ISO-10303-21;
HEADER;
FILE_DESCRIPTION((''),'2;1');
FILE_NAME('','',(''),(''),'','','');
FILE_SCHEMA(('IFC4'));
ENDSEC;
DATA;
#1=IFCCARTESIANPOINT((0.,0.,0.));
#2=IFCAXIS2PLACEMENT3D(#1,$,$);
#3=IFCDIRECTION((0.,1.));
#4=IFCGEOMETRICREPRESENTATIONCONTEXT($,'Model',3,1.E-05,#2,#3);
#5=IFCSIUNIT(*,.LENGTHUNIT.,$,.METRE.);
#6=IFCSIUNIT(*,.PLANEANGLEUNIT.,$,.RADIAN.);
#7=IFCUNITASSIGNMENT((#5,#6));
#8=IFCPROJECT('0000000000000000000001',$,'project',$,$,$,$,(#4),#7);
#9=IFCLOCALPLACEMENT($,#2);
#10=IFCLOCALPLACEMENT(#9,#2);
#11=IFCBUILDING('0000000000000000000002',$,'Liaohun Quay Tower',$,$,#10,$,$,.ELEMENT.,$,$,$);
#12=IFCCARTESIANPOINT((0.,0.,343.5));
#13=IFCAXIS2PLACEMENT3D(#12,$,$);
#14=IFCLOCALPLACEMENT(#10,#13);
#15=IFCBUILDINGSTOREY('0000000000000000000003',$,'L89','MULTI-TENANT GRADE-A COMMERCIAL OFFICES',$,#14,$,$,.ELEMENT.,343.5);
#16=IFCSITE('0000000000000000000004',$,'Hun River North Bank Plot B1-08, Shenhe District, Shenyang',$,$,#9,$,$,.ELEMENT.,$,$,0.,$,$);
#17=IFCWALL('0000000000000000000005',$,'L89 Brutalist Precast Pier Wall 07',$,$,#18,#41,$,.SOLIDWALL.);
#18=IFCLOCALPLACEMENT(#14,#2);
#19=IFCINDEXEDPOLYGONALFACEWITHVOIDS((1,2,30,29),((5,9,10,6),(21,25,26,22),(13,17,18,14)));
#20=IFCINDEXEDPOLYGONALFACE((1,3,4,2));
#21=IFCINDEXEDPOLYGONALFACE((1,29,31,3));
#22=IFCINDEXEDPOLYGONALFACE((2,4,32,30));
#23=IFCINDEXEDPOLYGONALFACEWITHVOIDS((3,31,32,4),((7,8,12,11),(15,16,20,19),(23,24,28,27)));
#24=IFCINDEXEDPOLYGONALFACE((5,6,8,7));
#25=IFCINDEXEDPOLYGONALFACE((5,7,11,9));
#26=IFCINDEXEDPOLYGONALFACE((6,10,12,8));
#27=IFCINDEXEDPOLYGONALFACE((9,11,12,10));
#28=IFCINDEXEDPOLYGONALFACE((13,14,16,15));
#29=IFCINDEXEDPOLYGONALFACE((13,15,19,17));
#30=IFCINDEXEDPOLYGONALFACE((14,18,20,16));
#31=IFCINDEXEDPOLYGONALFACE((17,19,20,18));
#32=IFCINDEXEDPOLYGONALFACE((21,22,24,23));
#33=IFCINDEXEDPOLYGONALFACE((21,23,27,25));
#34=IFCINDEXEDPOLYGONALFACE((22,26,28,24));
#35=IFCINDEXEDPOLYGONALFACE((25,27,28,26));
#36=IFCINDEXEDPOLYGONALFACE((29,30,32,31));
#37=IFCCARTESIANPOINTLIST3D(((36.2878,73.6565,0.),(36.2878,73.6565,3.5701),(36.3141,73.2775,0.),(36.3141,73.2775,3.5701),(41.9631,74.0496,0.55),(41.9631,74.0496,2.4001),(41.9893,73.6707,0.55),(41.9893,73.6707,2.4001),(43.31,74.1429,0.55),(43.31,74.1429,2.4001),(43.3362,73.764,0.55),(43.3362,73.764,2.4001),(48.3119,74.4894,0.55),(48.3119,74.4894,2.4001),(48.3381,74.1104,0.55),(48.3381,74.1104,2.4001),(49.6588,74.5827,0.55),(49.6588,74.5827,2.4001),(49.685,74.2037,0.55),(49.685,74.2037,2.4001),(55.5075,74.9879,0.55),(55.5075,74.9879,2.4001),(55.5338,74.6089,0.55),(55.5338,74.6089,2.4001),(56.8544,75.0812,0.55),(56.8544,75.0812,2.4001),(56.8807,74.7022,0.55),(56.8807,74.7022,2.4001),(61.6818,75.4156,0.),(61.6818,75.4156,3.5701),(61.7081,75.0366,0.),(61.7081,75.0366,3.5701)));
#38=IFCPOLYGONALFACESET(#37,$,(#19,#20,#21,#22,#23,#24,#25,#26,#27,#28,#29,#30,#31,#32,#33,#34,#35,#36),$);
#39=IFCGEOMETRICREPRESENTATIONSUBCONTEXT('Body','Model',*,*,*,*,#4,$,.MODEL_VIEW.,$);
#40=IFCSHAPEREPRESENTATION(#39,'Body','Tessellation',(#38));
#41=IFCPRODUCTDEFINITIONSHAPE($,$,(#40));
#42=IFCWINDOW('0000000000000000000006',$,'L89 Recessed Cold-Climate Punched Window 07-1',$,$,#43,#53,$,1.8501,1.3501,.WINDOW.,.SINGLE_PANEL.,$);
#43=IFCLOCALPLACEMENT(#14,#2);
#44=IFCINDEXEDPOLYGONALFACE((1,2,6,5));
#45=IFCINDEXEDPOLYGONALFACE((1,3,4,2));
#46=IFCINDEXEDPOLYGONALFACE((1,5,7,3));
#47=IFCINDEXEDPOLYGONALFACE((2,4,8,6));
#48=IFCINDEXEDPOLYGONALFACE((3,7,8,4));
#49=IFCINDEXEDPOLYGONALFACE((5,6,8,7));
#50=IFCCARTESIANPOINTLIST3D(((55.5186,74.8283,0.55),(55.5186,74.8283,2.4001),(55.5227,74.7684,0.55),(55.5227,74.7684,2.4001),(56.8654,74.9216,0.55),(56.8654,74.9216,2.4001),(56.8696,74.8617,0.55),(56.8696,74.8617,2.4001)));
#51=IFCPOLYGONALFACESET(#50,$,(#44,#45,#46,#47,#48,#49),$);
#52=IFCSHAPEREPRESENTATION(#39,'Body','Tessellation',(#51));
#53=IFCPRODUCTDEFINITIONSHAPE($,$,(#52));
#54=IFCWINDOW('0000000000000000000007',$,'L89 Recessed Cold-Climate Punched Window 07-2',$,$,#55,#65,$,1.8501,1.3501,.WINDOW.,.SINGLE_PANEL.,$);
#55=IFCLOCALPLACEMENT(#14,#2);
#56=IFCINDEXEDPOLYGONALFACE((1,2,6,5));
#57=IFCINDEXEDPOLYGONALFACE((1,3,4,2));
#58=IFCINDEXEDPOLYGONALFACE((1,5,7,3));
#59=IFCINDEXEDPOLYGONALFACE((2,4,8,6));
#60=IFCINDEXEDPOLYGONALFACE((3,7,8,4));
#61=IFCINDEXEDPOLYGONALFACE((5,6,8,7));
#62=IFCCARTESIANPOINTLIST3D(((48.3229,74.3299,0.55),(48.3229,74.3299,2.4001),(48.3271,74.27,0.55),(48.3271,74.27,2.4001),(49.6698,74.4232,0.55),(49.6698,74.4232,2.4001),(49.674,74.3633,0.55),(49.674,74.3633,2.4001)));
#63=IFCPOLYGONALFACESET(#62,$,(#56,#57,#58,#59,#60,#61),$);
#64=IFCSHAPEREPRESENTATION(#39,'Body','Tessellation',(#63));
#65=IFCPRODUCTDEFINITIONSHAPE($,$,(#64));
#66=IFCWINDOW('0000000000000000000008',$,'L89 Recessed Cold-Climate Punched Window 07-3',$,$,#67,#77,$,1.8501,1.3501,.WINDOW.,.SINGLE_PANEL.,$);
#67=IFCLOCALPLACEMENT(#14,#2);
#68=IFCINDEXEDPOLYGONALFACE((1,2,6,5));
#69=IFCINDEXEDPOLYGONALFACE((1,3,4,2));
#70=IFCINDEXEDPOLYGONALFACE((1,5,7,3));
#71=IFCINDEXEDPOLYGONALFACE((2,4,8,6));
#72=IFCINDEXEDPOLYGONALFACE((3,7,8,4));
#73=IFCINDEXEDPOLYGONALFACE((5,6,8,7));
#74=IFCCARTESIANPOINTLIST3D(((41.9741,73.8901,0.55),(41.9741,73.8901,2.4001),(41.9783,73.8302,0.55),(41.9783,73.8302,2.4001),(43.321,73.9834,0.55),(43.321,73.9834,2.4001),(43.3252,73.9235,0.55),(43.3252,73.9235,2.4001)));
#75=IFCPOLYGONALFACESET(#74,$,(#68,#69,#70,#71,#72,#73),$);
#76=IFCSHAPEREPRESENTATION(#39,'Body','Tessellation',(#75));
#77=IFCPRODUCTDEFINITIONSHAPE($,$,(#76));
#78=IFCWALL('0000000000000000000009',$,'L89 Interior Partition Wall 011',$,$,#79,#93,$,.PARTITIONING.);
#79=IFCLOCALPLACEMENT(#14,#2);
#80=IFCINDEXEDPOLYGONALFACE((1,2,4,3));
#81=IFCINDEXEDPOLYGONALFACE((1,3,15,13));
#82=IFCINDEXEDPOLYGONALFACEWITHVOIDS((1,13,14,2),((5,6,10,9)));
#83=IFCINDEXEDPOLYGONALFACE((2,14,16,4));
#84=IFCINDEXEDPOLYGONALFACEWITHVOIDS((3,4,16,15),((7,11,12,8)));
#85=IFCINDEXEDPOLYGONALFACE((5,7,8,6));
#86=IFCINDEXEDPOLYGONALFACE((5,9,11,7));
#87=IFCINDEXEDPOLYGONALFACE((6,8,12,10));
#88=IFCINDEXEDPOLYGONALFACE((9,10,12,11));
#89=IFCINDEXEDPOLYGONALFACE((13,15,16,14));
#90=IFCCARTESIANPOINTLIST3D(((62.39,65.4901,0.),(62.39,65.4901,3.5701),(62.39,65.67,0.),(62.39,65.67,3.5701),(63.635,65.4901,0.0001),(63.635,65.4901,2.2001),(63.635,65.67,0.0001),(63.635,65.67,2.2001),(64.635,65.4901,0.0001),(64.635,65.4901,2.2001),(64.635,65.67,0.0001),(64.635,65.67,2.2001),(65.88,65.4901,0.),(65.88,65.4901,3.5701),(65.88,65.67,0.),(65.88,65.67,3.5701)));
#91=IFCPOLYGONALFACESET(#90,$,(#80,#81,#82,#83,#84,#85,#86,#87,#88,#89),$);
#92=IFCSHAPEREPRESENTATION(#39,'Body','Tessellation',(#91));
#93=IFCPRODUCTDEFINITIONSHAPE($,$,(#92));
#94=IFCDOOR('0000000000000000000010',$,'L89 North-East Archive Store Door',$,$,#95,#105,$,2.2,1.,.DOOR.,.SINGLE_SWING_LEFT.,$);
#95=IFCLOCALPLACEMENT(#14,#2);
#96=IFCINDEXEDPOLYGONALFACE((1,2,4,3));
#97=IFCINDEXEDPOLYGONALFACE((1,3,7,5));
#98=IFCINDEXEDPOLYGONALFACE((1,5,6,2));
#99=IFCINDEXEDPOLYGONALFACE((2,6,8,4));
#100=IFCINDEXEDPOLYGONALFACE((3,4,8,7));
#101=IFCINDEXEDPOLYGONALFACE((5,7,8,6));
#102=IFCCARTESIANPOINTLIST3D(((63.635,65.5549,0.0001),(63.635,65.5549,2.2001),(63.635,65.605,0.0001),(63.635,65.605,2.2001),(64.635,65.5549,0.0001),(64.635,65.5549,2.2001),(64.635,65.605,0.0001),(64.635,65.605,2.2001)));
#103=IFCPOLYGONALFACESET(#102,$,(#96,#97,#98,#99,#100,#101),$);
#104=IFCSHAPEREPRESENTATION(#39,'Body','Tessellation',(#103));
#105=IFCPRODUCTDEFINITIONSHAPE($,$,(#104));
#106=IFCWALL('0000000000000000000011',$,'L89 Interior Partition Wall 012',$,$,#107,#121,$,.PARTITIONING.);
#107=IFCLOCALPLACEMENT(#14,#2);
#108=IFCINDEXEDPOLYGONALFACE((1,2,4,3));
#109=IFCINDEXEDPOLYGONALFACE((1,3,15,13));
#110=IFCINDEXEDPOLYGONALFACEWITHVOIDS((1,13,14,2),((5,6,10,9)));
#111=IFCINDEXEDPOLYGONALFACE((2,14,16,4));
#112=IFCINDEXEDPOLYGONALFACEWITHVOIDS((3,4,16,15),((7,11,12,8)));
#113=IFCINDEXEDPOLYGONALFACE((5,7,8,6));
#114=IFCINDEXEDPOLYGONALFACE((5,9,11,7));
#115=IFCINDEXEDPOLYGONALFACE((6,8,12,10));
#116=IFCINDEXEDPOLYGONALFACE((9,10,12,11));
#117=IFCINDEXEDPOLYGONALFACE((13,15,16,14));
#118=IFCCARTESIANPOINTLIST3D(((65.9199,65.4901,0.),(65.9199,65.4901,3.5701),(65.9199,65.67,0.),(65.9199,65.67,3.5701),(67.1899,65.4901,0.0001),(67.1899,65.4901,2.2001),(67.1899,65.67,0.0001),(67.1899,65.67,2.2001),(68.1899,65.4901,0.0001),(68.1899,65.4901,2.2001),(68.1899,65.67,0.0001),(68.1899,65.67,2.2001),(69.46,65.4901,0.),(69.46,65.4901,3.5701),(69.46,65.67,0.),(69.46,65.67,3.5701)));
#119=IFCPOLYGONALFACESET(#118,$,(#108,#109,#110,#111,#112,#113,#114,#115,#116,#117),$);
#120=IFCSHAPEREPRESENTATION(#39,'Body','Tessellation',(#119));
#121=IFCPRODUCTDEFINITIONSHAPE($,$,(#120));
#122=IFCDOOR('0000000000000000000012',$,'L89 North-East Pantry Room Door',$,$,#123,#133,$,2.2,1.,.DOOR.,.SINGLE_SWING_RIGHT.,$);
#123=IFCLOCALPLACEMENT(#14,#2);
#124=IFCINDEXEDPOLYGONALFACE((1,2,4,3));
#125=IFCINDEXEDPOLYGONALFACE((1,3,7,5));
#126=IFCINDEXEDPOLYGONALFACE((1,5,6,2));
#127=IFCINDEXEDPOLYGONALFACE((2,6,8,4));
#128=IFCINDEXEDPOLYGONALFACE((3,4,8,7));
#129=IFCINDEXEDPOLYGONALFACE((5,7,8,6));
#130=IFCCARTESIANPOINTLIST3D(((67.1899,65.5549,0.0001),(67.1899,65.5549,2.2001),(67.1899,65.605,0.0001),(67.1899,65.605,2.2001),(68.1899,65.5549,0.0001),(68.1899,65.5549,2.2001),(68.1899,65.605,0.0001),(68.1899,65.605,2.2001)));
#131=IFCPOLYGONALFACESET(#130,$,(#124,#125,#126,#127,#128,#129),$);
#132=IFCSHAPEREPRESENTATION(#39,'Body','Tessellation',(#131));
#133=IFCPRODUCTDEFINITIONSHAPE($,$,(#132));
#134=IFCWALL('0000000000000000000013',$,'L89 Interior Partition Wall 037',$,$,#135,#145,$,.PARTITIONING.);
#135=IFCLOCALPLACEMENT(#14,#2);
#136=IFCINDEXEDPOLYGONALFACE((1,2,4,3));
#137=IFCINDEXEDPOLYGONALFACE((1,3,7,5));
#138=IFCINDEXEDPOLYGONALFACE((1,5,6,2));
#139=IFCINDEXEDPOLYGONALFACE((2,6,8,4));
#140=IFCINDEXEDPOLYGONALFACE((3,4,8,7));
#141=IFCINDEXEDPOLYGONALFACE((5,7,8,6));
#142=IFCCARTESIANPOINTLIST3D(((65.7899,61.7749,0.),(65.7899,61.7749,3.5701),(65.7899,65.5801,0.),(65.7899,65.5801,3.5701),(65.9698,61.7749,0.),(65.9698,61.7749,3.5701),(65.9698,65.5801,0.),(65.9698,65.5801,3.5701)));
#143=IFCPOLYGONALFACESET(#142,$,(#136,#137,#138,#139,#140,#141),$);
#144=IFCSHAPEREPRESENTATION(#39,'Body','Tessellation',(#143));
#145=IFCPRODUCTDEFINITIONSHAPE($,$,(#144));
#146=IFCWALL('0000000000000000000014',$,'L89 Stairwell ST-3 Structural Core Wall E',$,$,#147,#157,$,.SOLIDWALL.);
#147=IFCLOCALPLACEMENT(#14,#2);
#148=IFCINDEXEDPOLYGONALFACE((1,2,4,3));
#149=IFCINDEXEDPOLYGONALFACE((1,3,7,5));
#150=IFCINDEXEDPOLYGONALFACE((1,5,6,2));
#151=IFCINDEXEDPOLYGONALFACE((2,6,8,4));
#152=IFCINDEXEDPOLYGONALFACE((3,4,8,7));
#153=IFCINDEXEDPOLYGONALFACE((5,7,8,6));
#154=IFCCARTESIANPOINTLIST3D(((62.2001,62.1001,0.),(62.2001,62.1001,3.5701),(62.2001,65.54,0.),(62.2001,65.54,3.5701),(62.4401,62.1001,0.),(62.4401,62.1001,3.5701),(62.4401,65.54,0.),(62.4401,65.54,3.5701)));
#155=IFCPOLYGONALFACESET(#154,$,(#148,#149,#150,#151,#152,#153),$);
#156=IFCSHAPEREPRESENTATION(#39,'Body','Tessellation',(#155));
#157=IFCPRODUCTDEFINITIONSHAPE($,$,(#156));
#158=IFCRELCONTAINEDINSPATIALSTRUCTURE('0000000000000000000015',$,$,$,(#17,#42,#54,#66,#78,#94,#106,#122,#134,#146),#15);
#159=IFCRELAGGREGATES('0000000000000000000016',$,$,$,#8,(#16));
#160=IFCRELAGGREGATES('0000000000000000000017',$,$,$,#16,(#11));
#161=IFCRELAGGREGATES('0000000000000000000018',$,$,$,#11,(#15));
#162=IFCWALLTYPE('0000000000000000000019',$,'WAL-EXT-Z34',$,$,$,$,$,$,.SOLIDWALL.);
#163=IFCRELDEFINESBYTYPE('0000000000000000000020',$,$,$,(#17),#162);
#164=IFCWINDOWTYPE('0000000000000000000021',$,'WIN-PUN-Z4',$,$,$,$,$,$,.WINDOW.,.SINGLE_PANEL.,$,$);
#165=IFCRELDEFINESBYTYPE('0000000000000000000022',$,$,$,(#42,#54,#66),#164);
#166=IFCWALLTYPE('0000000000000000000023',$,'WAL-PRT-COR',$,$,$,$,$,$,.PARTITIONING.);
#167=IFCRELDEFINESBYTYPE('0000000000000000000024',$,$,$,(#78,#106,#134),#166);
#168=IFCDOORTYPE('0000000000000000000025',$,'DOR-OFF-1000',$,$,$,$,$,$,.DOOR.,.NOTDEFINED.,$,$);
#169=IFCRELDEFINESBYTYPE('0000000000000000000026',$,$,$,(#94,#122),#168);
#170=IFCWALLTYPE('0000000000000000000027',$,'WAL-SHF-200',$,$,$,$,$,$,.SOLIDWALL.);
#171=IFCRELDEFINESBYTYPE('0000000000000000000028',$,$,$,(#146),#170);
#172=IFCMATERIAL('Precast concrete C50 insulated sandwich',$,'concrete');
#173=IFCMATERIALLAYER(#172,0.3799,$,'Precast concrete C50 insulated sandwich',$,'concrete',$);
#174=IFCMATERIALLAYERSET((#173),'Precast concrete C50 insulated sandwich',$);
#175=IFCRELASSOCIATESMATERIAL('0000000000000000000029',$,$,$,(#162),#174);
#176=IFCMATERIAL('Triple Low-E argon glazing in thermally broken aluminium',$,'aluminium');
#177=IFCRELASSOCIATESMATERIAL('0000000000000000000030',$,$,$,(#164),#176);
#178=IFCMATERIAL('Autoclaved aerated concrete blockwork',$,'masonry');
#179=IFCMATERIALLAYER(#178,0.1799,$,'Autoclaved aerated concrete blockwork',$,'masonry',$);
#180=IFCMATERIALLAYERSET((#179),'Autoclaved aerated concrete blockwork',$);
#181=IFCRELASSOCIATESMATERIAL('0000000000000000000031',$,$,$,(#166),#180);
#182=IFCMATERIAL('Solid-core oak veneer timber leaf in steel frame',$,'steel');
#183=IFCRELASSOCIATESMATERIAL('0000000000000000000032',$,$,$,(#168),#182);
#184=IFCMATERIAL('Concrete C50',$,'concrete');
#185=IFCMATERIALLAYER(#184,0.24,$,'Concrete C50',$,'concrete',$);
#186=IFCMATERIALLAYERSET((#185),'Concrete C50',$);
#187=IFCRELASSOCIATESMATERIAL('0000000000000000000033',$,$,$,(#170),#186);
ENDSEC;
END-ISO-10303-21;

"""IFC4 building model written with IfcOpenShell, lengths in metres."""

from ifc_helpers import new_model, si_unit, direction, frame, frame_2d, origin, place, context, subcontext, project, spatial, rectangle, extrude, source, transform, mapped, material, layer, layer_set, type_object, element, fill, save


model = new_model("IFC4")

# Units and contexts
model_context = context("Model", 3, precision=1e-05, world=origin(), true_north=direction((0.0, 1.0)))
body_context = subcontext(model_context, "Body", "Model", "MODEL_VIEW")
ifc_project = project(units=[si_unit("LENGTHUNIT", "METRE"), si_unit("PLANEANGLEUNIT", "RADIAN")], contexts=[model_context])

# Site, building, storey
site_placement = place(None, origin())
site = spatial("IfcSite", under=ifc_project, at=site_placement, Name="Hun River North Bank Plot B1-08, Shenhe District, Shenyang", CompositionType="ELEMENT", RefElevation=0.0)
building_placement = place(site_placement, origin())
building = spatial("IfcBuilding", under=site, at=building_placement, Name="Liaohun Quay Tower", CompositionType="ELEMENT")
storey_placement = place(building_placement, frame((0.0, 0.0, 343.5)))
storey = spatial("IfcBuildingStorey", under=building, at=storey_placement, Name="L89", Description="MULTI-TENANT GRADE-A COMMERCIAL OFFICES", CompositionType="ELEMENT", Elevation=343.5)

# Shared definitions
ifc_material_1 = material(Name="Concrete C50", Category="concrete")

# Wall, openings, windows
ifc_material_2 = material(Name="Precast concrete C50 insulated sandwich", Category="concrete")
ifc_layer_1 = layer(ifc_material_2, 0.3799, Name="Precast concrete C50 insulated sandwich", Category="concrete")
ifc_layer_set_1 = layer_set([ifc_layer_1], Name="Precast concrete C50 insulated sandwich")
wall_type_1 = type_object("IfcWallType", Name="WAL-EXT-Z34", PredefinedType="SOLIDWALL", material=ifc_layer_set_1)
wall_1_placement = place(storey_placement, frame((61.6951, 75.2261, 0.0), z_axis=(0.0, 0.0, 1.0), x_axis=(-0.997609, -0.069104, 0.0)))
wall_1 = element("IfcWall", 1, at=wall_1_placement, inside=storey, type_object=wall_type_1, Name="L89 Brutalist Precast Pier Wall 07", PredefinedType="SOLIDWALL", context=body_context, shape_type="SweptSolid", body=[
    extrude(rectangle(XDim=25.4548, YDim=0.3799, at=frame_2d((12.7275, 0.0))), origin(), (0.0, 0.0, 1.0), 3.5701),
])
shared_shape_1 = source(origin(), body_context, "Body", "SweptSolid", [
    extrude(rectangle(XDim=1.3501, YDim=1.8501, at=frame_2d((0.675, 0.925))), frame((0.0, 0.2, 0.0), z_axis=(0.0, -1.0, 0.0), x_axis=(1.0, 0.0, 0.0)), (0.0, 0.0, 1.0), 0.3999),
])
opening_1_placement = place(wall_1_placement, frame((4.8391, 0.0, 0.55)))
opening_1 = element("IfcOpeningElement", 2, at=opening_1_placement, cuts=wall_1, PredefinedType="OPENING", context=body_context, shape_type="MappedRepresentation", body=[
    mapped(shared_shape_1, transform((0.0, 0.0, 0.0), x_axis=(1.0, 0.0, 0.0), y_axis=(0.0, 1.0, 0.0), z_axis=(0.0, 0.0, 1.0), scale=1.0)),
])
opening_2_placement = place(wall_1_placement, frame((12.052, 0.0, 0.55)))
opening_2 = element("IfcOpeningElement", 3, at=opening_2_placement, cuts=wall_1, PredefinedType="OPENING", context=body_context, shape_type="MappedRepresentation", body=[
    mapped(shared_shape_1, transform((0.0, 0.0, 0.0), x_axis=(1.0, 0.0, 0.0), y_axis=(0.0, 1.0, 0.0), z_axis=(0.0, 0.0, 1.0), scale=1.0)),
])
opening_3_placement = place(wall_1_placement, frame((18.416, 0.0, 0.55)))
opening_3 = element("IfcOpeningElement", 4, at=opening_3_placement, cuts=wall_1, PredefinedType="OPENING", context=body_context, shape_type="MappedRepresentation", body=[
    mapped(shared_shape_1, transform((0.0, 0.0, 0.0), x_axis=(1.0, 0.0, 0.0), y_axis=(0.0, 1.0, 0.0), z_axis=(0.0, 0.0, 1.0), scale=1.0)),
])
ifc_material_3 = material(Name="Triple Low-E argon glazing in thermally broken aluminium", Category="aluminium")
window_type = type_object("IfcWindowType", Name="WIN-PUN-Z4", PartitioningType="SINGLE_PANEL", PredefinedType="WINDOW", material=ifc_material_3)
shared_shape_2 = source(origin(), body_context, "Body", "SweptSolid", [
    extrude(rectangle(XDim=1.3501, YDim=1.8501, at=frame_2d((0.675, 0.925))), frame((0.0, 0.03, 0.0), z_axis=(0.0, -1.0, 0.0), x_axis=(1.0, 0.0, 0.0)), (0.0, 0.0, 1.0), 0.0601),
])
window_1_placement = place(opening_1_placement, origin())
window_1 = element("IfcWindow", 5, at=window_1_placement, inside=storey, type_object=window_type, Name="L89 Recessed Cold-Climate Punched Window 07-1", OverallHeight=1.8501, OverallWidth=1.3501, PartitioningType="SINGLE_PANEL", PredefinedType="WINDOW", context=body_context, shape_type="MappedRepresentation", body=[
    mapped(shared_shape_2, transform((0.0, 0.0, 0.0), x_axis=(1.0, 0.0, 0.0), y_axis=(0.0, 1.0, 0.0), z_axis=(0.0, 0.0, 1.0), scale=1.0)),
])
fill(opening_1, window_1)
window_2_placement = place(opening_2_placement, origin())
window_2 = element("IfcWindow", 6, at=window_2_placement, inside=storey, type_object=window_type, Name="L89 Recessed Cold-Climate Punched Window 07-2", OverallHeight=1.8501, OverallWidth=1.3501, PartitioningType="SINGLE_PANEL", PredefinedType="WINDOW", context=body_context, shape_type="MappedRepresentation", body=[
    mapped(shared_shape_2, transform((0.0, 0.0, 0.0), x_axis=(1.0, 0.0, 0.0), y_axis=(0.0, 1.0, 0.0), z_axis=(0.0, 0.0, 1.0), scale=1.0)),
])
fill(opening_2, window_2)
window_3_placement = place(opening_3_placement, origin())
window_3 = element("IfcWindow", 7, at=window_3_placement, inside=storey, type_object=window_type, Name="L89 Recessed Cold-Climate Punched Window 07-3", OverallHeight=1.8501, OverallWidth=1.3501, PartitioningType="SINGLE_PANEL", PredefinedType="WINDOW", context=body_context, shape_type="MappedRepresentation", body=[
    mapped(shared_shape_2, transform((0.0, 0.0, 0.0), x_axis=(1.0, 0.0, 0.0), y_axis=(0.0, 1.0, 0.0), z_axis=(0.0, 0.0, 1.0), scale=1.0)),
])
fill(opening_3, window_3)

# Walls, openings, doors
ifc_material_4 = material(Name="Autoclaved aerated concrete blockwork", Category="masonry")
ifc_layer_2 = layer(ifc_material_4, 0.1799, Name="Autoclaved aerated concrete blockwork", Category="masonry")
ifc_layer_set_2 = layer_set([ifc_layer_2], Name="Autoclaved aerated concrete blockwork")
wall_type_2 = type_object("IfcWallType", Name="WAL-PRT-COR", PredefinedType="PARTITIONING", material=ifc_layer_set_2)
wall_2_placement = place(storey_placement, frame((62.3899, 65.5801, 0.0), z_axis=(0.0, 0.0, 1.0), x_axis=(1.0, 0.0, 0.0)))
wall_2 = element("IfcWall", 8, at=wall_2_placement, inside=storey, type_object=wall_type_2, Name="L89 Interior Partition Wall 011", PredefinedType="PARTITIONING", context=body_context, shape_type="SweptSolid", body=[
    extrude(rectangle(XDim=3.49, YDim=0.1799, at=frame_2d((1.7451, 0.0))), origin(), (0.0, 0.0, 1.0), 3.5701),
])
shared_shape_3 = source(origin(), body_context, "Body", "SweptSolid", [
    extrude(rectangle(XDim=1.0, YDim=2.2, at=frame_2d((0.5, 1.1001))), frame((0.0, 0.0999, 0.0), z_axis=(0.0, -1.0, 0.0), x_axis=(1.0, 0.0, 0.0)), (0.0, 0.0, 1.0), 0.2),
])
opening_4_placement = place(wall_2_placement, frame((1.2451, 0.0, 0.0)))
opening_4 = element("IfcOpeningElement", 9, at=opening_4_placement, cuts=wall_2, PredefinedType="OPENING", context=body_context, shape_type="MappedRepresentation", body=[
    mapped(shared_shape_3, transform((0.0, 0.0, 0.0), x_axis=(1.0, 0.0, 0.0), y_axis=(0.0, 1.0, 0.0), z_axis=(0.0, 0.0, 1.0), scale=1.0)),
])
ifc_material_5 = material(Name="Solid-core oak veneer timber leaf in steel frame", Category="steel")
door_type_1 = type_object("IfcDoorType", Name="DOR-OFF-1000", OperationType="NOTDEFINED", PredefinedType="DOOR", material=ifc_material_5)
shared_shape_4 = source(origin(), body_context, "Body", "SweptSolid", [
    extrude(rectangle(XDim=1.0, YDim=2.2, at=frame_2d((0.5, 1.1001))), frame((0.0, 0.0249, 0.0), z_axis=(0.0, -1.0, 0.0), x_axis=(1.0, 0.0, 0.0)), (0.0, 0.0, 1.0), 0.05),
])
door_1_placement = place(opening_4_placement, origin())
door_1 = element("IfcDoor", 10, at=door_1_placement, inside=storey, type_object=door_type_1, Name="L89 North-East Archive Store Door", OperationType="SINGLE_SWING_LEFT", OverallHeight=2.2, OverallWidth=1.0, PredefinedType="DOOR", context=body_context, shape_type="MappedRepresentation", body=[
    mapped(shared_shape_4, transform((0.0, 0.0, 0.0), x_axis=(1.0, 0.0, 0.0), y_axis=(0.0, 1.0, 0.0), z_axis=(0.0, 0.0, 1.0), scale=1.0)),
])
fill(opening_4, door_1)
wall_3_placement = place(storey_placement, frame((65.9199, 65.5801, 0.0), z_axis=(0.0, 0.0, 1.0), x_axis=(1.0, 0.0, 0.0)))
wall_3 = element("IfcWall", 11, at=wall_3_placement, inside=storey, type_object=wall_type_2, Name="L89 Interior Partition Wall 012", PredefinedType="PARTITIONING", context=body_context, shape_type="SweptSolid", body=[
    extrude(rectangle(XDim=3.54, YDim=0.1799, at=frame_2d((1.77, 0.0))), origin(), (0.0, 0.0, 1.0), 3.5701),
])
opening_5_placement = place(wall_3_placement, frame((1.27, 0.0, 0.0)))
opening_5 = element("IfcOpeningElement", 12, at=opening_5_placement, cuts=wall_3, PredefinedType="OPENING", context=body_context, shape_type="MappedRepresentation", body=[
    mapped(shared_shape_3, transform((0.0, 0.0, 0.0), x_axis=(1.0, 0.0, 0.0), y_axis=(0.0, 1.0, 0.0), z_axis=(0.0, 0.0, 1.0), scale=1.0)),
])
door_2_placement = place(opening_5_placement, origin())
door_2 = element("IfcDoor", 13, at=door_2_placement, inside=storey, type_object=door_type_1, Name="L89 North-East Pantry Room Door", OperationType="SINGLE_SWING_RIGHT", OverallHeight=2.2, OverallWidth=1.0, PredefinedType="DOOR", context=body_context, shape_type="MappedRepresentation", body=[
    mapped(shared_shape_4, transform((0.0, 0.0, 0.0), x_axis=(1.0, 0.0, 0.0), y_axis=(0.0, 1.0, 0.0), z_axis=(0.0, 0.0, 1.0), scale=1.0)),
])
fill(opening_5, door_2)

# Walls
wall_4_placement = place(storey_placement, frame((65.8799, 61.7749, 0.0), z_axis=(0.0, 0.0, 1.0), x_axis=(0.0, 1.0, 0.0)))
element("IfcWall", 14, at=wall_4_placement, inside=storey, type_object=wall_type_2, Name="L89 Interior Partition Wall 037", PredefinedType="PARTITIONING", context=body_context, shape_type="SweptSolid", body=[
    extrude(rectangle(XDim=3.8052, YDim=0.1799, at=frame_2d((1.9026, 0.0))), origin(), (0.0, 0.0, 1.0), 3.5701),
])
ifc_layer_3 = layer(ifc_material_1, 0.24, Name="Concrete C50", Category="concrete")
ifc_layer_set_3 = layer_set([ifc_layer_3], Name="Concrete C50")
wall_type_3 = type_object("IfcWallType", Name="WAL-SHF-200", PredefinedType="SOLIDWALL", material=ifc_layer_set_3)
wall_5_placement = place(storey_placement, frame((62.3201, 62.1001, 0.0), z_axis=(0.0, 0.0, 1.0), x_axis=(0.0, 1.0, 0.0)))
element("IfcWall", 15, at=wall_5_placement, inside=storey, type_object=wall_type_3, Name="L89 Stairwell ST-3 Structural Core Wall E", PredefinedType="SOLIDWALL", context=body_context, shape_type="SweptSolid", body=[
    extrude(rectangle(XDim=3.4399, YDim=0.24, at=frame_2d((1.72, 0.0))), origin(), (0.0, 0.0, 1.0), 3.5701),
])

save(model, "model.ifc")
